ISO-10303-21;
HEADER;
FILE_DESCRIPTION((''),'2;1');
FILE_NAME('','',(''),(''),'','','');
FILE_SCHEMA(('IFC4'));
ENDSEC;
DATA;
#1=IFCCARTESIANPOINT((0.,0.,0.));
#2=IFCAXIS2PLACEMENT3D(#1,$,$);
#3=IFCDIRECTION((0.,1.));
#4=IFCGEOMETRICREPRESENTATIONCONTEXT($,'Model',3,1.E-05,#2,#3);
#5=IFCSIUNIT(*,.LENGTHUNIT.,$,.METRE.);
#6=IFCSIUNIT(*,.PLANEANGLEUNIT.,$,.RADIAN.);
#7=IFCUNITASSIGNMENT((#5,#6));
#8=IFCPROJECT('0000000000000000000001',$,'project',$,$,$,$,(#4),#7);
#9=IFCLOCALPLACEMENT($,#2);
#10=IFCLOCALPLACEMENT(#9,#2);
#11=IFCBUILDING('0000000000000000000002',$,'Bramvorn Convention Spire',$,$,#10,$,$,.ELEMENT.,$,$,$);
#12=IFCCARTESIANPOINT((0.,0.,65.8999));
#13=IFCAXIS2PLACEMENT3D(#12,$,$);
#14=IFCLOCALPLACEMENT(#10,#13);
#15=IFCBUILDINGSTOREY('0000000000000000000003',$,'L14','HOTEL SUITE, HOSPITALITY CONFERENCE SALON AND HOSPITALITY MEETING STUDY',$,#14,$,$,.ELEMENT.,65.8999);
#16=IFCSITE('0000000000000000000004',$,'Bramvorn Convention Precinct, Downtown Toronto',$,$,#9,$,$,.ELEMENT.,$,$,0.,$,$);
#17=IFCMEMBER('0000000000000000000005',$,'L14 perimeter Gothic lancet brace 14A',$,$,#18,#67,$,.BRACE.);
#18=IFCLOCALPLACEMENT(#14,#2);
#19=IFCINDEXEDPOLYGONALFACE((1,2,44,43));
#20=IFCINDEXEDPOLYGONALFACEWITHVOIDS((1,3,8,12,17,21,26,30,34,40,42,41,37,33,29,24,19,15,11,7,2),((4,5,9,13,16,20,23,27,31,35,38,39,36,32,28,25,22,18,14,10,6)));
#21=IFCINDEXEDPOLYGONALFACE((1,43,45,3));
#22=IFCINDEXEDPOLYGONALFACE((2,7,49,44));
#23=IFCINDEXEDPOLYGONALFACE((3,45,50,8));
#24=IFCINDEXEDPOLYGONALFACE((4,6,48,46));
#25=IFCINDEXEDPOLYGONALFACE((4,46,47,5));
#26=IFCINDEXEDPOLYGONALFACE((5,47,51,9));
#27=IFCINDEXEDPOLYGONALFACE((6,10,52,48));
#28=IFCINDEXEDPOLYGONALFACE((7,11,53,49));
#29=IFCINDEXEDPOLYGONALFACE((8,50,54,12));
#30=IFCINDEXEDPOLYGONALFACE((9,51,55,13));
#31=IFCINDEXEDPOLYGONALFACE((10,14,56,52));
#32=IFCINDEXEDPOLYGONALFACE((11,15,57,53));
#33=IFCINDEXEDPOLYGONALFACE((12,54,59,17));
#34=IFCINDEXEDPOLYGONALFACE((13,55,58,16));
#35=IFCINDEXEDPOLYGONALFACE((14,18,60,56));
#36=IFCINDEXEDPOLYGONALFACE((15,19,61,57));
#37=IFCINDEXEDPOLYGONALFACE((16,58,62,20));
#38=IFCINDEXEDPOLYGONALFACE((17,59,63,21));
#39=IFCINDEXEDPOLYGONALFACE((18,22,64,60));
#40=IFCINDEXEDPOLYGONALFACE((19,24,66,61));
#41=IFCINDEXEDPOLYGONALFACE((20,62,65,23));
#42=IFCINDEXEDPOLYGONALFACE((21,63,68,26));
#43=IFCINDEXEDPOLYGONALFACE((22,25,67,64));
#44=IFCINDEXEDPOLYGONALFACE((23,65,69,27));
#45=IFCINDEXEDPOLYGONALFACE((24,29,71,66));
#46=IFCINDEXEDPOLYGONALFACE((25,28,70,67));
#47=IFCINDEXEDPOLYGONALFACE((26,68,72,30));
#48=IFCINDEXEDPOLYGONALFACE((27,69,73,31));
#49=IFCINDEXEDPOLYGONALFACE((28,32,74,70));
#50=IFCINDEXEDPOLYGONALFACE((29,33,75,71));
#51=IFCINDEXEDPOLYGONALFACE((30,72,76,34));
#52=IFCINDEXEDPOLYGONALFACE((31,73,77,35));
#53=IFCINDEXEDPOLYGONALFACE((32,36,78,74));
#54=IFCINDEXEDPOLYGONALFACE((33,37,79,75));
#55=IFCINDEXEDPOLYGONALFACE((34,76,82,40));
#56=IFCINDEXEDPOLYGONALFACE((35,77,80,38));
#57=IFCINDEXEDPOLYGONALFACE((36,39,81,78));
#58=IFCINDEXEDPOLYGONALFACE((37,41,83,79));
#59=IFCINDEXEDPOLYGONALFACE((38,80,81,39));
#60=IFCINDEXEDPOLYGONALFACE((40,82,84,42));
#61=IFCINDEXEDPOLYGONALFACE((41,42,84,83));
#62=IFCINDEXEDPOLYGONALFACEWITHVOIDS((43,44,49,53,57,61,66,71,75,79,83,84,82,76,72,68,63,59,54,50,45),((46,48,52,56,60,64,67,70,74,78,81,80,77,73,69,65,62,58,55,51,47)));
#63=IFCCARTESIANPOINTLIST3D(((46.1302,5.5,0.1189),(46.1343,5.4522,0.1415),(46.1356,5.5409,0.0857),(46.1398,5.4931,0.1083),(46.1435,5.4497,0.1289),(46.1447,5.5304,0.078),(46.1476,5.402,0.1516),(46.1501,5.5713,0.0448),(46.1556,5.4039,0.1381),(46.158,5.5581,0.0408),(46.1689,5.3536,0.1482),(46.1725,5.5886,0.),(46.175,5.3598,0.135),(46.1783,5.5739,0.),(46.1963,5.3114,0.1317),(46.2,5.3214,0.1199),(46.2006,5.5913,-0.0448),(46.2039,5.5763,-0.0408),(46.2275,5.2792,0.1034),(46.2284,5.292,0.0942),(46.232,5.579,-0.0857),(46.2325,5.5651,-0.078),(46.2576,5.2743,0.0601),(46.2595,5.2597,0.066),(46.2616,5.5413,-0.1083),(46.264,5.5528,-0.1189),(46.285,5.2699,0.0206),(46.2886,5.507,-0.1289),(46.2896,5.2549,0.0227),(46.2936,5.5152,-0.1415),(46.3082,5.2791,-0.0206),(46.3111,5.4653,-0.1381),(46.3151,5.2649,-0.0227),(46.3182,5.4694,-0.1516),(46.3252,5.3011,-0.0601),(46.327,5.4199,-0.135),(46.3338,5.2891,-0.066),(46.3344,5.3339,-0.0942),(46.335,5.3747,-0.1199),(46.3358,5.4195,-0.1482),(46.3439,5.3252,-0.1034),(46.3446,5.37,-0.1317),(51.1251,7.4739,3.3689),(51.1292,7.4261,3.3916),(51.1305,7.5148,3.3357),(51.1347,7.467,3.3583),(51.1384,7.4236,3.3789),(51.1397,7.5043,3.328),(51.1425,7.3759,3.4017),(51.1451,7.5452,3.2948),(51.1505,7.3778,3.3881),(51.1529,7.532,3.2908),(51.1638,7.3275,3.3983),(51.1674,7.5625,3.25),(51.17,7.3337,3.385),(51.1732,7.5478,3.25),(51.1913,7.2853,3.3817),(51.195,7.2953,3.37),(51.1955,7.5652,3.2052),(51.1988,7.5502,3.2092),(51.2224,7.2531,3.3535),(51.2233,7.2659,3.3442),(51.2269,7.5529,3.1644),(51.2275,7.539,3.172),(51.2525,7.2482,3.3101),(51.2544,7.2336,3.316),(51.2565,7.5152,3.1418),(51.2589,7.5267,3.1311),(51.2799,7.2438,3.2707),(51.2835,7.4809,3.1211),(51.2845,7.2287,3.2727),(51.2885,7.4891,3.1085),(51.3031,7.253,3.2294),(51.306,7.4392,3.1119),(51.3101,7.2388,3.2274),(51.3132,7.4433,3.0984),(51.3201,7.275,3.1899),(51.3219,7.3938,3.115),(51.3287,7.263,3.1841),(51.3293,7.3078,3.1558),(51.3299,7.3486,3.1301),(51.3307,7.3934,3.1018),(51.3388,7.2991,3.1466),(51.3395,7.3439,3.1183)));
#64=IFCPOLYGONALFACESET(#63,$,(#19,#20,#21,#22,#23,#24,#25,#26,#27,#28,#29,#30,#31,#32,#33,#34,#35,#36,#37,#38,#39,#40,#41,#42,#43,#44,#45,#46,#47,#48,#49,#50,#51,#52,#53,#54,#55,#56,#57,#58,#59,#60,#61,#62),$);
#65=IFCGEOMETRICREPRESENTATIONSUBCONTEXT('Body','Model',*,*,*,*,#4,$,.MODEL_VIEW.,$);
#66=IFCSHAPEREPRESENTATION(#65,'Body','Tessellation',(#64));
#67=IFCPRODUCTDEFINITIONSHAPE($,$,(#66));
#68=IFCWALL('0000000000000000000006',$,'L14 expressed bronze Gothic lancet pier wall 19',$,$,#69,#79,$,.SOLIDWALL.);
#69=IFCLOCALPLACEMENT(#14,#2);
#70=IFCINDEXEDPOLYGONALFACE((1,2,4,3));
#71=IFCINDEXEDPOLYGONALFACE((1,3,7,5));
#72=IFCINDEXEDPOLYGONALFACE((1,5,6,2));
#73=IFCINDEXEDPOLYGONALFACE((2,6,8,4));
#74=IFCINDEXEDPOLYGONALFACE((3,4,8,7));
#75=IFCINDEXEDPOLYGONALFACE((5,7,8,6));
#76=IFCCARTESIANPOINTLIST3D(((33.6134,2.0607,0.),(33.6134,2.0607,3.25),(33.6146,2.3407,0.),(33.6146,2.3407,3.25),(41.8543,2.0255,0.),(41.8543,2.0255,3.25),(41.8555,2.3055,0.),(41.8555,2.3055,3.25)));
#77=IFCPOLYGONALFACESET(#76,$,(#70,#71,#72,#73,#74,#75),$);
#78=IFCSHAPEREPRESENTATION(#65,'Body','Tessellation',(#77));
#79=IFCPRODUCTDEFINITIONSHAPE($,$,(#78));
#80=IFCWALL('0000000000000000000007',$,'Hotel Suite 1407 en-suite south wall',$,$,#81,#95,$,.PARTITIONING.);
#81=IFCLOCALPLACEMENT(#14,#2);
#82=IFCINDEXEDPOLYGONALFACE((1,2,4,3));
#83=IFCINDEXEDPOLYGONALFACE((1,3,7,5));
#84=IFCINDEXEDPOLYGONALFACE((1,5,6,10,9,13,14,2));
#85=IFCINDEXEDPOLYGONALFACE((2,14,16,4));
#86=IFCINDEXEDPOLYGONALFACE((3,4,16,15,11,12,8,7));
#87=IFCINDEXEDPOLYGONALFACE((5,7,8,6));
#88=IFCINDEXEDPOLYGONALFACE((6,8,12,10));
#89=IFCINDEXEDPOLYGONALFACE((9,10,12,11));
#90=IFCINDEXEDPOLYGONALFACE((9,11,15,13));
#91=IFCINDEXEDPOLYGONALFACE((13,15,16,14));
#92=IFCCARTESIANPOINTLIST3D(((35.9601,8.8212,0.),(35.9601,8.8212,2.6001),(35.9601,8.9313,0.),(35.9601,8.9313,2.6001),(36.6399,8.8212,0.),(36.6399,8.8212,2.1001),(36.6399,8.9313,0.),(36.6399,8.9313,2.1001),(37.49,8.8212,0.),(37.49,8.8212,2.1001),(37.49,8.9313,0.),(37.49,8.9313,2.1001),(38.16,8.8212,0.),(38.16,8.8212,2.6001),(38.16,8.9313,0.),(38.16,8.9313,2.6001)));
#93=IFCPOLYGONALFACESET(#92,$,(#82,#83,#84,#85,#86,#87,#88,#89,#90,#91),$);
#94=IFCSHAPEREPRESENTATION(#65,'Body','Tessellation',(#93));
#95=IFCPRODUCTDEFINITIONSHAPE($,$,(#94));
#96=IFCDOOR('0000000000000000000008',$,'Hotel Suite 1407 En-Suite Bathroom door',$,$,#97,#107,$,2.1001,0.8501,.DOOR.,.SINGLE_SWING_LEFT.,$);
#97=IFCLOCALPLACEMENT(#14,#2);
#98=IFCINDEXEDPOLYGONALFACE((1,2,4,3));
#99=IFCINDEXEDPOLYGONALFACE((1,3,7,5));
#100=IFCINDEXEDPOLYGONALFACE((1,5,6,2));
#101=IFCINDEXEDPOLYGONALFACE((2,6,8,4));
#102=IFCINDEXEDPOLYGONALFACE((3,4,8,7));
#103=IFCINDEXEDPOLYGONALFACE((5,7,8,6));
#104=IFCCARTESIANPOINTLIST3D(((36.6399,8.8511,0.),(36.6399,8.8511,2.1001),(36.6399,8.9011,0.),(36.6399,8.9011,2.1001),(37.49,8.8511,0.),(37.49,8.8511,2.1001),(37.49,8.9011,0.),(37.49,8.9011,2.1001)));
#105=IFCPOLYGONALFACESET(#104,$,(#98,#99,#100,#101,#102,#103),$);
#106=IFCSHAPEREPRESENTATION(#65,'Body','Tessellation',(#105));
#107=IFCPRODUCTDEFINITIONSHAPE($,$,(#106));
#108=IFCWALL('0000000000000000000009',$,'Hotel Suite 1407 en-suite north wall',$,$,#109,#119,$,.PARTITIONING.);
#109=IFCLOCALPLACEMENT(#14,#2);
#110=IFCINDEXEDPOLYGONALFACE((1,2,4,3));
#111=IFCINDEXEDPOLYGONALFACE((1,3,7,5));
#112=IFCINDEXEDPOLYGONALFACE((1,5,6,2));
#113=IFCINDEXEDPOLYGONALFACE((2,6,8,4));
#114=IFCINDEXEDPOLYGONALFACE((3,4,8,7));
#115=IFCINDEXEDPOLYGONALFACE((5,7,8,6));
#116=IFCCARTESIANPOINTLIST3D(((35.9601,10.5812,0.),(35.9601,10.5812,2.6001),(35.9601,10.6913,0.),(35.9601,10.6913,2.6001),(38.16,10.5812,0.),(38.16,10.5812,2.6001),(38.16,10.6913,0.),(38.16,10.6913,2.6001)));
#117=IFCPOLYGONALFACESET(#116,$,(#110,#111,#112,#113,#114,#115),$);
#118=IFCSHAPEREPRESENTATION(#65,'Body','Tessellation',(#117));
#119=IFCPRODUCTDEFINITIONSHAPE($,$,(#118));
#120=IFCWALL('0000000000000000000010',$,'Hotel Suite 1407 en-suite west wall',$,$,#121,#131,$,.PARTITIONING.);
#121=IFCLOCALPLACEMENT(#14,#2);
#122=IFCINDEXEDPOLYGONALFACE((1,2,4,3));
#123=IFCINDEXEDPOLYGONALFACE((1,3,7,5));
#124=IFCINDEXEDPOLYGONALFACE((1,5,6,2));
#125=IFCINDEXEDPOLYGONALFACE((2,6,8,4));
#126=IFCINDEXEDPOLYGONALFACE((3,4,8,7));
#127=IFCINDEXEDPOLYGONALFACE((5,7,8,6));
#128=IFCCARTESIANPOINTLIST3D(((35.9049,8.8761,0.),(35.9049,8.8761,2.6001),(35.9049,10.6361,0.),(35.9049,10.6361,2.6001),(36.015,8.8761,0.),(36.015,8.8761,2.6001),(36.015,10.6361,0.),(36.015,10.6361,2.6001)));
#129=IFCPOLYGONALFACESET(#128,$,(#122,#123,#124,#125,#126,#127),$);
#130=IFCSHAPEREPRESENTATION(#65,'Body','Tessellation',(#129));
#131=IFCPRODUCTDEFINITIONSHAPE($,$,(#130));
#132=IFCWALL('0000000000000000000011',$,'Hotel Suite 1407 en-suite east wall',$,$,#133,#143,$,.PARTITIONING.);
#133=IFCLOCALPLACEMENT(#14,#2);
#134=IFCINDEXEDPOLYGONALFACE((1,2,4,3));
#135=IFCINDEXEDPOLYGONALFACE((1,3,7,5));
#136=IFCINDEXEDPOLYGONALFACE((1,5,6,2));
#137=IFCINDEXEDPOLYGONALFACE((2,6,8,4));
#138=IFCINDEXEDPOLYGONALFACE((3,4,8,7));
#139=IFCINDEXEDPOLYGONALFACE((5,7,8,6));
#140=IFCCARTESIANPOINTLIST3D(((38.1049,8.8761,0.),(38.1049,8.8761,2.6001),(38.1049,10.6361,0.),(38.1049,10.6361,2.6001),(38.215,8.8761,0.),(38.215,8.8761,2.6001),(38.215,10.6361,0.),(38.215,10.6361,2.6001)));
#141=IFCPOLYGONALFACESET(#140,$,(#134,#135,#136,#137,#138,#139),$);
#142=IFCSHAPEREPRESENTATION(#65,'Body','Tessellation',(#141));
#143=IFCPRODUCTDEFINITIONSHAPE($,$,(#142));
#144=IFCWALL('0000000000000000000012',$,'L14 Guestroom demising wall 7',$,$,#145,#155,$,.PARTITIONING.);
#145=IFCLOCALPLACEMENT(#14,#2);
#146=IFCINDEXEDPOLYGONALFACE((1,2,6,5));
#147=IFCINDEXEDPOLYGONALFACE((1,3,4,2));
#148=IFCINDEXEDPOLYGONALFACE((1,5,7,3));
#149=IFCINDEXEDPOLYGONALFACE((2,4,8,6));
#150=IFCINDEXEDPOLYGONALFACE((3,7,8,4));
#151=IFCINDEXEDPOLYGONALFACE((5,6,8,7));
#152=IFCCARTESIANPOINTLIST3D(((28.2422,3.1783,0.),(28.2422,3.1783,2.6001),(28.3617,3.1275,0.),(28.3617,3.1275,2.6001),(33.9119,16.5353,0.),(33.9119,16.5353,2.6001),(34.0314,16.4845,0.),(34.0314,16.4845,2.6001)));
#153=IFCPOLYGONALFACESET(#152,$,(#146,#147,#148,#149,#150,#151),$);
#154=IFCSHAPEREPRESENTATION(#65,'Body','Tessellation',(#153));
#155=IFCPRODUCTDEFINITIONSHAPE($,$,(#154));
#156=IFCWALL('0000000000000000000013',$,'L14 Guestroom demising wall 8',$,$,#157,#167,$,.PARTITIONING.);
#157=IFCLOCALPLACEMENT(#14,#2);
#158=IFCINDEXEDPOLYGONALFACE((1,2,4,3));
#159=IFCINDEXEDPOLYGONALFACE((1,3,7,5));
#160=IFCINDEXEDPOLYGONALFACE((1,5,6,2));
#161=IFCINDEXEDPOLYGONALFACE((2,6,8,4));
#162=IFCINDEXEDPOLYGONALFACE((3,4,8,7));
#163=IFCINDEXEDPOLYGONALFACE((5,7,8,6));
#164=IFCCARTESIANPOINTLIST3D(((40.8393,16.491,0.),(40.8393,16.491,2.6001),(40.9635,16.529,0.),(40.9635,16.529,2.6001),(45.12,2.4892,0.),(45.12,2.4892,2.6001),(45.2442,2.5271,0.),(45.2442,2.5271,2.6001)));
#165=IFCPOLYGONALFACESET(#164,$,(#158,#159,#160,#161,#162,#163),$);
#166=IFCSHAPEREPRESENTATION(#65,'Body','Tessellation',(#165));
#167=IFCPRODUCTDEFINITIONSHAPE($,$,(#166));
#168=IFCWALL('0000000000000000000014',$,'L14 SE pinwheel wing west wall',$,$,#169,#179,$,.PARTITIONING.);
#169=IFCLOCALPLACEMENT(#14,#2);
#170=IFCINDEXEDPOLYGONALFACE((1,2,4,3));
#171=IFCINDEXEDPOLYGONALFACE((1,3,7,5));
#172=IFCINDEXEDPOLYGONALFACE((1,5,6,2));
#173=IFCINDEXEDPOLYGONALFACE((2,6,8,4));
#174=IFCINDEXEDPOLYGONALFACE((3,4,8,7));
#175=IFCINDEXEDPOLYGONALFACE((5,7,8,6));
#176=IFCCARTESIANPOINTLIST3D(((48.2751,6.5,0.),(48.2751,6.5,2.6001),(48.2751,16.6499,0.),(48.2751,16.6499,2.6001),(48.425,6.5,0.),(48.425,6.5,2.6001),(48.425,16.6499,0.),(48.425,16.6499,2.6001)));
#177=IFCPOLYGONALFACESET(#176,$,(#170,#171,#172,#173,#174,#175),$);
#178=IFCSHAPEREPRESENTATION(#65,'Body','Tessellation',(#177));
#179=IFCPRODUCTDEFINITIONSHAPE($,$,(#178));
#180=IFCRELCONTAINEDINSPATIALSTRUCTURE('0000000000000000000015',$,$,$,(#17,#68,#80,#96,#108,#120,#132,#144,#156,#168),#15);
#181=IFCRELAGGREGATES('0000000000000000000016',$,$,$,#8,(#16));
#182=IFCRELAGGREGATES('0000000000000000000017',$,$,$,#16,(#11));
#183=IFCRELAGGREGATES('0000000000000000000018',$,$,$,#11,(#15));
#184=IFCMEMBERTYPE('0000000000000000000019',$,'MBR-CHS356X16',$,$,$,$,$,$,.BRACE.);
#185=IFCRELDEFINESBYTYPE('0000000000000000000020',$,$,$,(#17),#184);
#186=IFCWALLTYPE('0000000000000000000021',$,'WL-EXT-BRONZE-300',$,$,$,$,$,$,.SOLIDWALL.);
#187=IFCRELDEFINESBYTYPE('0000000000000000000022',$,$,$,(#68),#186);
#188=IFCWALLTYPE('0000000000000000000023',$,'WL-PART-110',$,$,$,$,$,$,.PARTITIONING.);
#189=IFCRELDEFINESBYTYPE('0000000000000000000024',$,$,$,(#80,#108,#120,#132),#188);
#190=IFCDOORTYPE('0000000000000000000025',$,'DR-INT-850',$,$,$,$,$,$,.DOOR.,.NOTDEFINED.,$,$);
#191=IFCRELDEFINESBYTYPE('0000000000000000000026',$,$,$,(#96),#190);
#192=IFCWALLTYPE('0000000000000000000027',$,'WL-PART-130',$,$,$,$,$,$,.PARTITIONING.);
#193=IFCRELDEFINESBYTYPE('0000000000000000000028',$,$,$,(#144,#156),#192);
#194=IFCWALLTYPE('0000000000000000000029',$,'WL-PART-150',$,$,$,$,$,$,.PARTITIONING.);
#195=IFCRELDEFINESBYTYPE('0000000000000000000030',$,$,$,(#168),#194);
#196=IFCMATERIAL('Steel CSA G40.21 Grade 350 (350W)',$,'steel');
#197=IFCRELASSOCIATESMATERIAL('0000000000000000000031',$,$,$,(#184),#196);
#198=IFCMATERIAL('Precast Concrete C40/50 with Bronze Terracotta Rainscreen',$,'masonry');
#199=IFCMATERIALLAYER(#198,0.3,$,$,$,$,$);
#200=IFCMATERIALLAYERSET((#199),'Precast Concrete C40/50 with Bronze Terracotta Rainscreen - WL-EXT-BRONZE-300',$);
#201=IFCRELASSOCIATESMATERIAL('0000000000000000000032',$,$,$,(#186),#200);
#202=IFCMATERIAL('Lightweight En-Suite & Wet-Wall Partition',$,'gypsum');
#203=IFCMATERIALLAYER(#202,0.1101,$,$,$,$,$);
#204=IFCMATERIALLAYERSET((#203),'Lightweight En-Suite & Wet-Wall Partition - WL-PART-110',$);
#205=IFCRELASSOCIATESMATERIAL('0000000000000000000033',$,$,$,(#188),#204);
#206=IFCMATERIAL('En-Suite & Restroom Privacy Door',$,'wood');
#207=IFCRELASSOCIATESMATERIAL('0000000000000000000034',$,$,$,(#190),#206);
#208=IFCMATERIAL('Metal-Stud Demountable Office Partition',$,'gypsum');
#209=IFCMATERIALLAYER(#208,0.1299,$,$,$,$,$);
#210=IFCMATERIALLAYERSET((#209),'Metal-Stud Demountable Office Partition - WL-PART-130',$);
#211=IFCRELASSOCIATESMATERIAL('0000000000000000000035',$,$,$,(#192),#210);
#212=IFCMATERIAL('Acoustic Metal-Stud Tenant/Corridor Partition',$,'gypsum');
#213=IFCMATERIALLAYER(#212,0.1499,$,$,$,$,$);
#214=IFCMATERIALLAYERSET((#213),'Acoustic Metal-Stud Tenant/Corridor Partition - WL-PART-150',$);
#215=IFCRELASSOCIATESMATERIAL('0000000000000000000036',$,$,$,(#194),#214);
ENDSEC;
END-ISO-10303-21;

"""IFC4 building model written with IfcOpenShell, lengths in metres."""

from ifc_helpers import new_model, si_unit, direction, frame, frame_2d, origin, origin_2d, place, context, subcontext, project, spatial, rectangle, hollow_circle, extrude, material, layer, layer_set, material_profile, profile_set, type_object, element, fill, save


model = new_model("IFC4")

# Units and contexts
model_context = context("Model", 3, precision=1e-05, world=origin(), true_north=direction((0.0, 1.0)))
body_context = subcontext(model_context, "Body", "Model", "MODEL_VIEW")
ifc_project = project(units=[si_unit("LENGTHUNIT", "METRE"), si_unit("PLANEANGLEUNIT", "RADIAN")], contexts=[model_context])

# Site, building, storey
site_placement = place(None, origin())
site = spatial("IfcSite", under=ifc_project, at=site_placement, Name="Bramvorn Convention Precinct, Downtown Toronto", CompositionType="ELEMENT", RefElevation=0.0)
building_placement = place(site_placement, origin())
building = spatial("IfcBuilding", under=site, at=building_placement, Name="Bramvorn Convention Spire", CompositionType="ELEMENT")
storey_placement = place(building_placement, frame((0.0, 0.0, 65.8999)))
storey = spatial("IfcBuildingStorey", under=building, at=storey_placement, Name="L14", Description="HOTEL SUITE, HOSPITALITY CONFERENCE SALON AND HOSPITALITY MEETING STUDY", CompositionType="ELEMENT", Elevation=65.8999)

# Shared definitions
ifc_material_1 = material(Name="Steel CSA G40.21 Grade 350 (350W)", Category="steel")

# Member
ifc_material_profile_1 = material_profile(ifc_material_1, hollow_circle(Radius=0.1777, WallThickness=0.0159, at=origin_2d()))
ifc_profile_set_1 = profile_set([ifc_material_profile_1], Name="Steel CSA G40.21 Grade 350 (350W) - CHS356X16")
member_type = type_object("IfcMemberType", Name="MBR-CHS356X16", PredefinedType="BRACE", material=ifc_profile_set_1)
member_placement = place(storey_placement, frame((46.2378, 5.4233, 0.0), z_axis=(0.795674, 0.314435, 0.517719), x_axis=(-0.367524, 0.930014, 0.0)))
element("IfcMember", 1, at=member_placement, inside=storey, type_object=member_type, Name="L14 perimeter Gothic lancet brace 14A", PredefinedType="BRACE", context=body_context, shape_type="SweptSolid", body=[
    extrude(hollow_circle(Radius=0.1777, WallThickness=0.0159, at=origin_2d()), origin(), (0.0, 0.0, 1.0), 6.2776),
])

# Wall
ifc_material_2 = material(Name="Precast Concrete C40/50 with Bronze Terracotta Rainscreen", Category="masonry")
ifc_layer_1 = layer(ifc_material_2, 0.3)
ifc_layer_set_1 = layer_set([ifc_layer_1], Name="Precast Concrete C40/50 with Bronze Terracotta Rainscreen - WL-EXT-BRONZE-300")
wall_type_1 = type_object("IfcWallType", Name="WL-EXT-BRONZE-300", PredefinedType="SOLIDWALL", material=ifc_layer_set_1)
wall_1_placement = place(storey_placement, frame((41.855, 2.1655, 0.0), z_axis=(0.0, 0.0, 1.0), x_axis=(-0.999991, 0.004266, 0.0)))
element("IfcWall", 2, at=wall_1_placement, inside=storey, type_object=wall_type_1, Name="L14 expressed bronze Gothic lancet pier wall 19", PredefinedType="SOLIDWALL", context=body_context, shape_type="SweptSolid", body=[
    extrude(rectangle(XDim=8.241, YDim=0.28, at=frame_2d((4.1206, 0.0))), origin(), (0.0, 0.0, 1.0), 3.25),
])

# Wall, opening, door
ifc_material_3 = material(Name="Lightweight En-Suite & Wet-Wall Partition", Category="gypsum")
ifc_layer_2 = layer(ifc_material_3, 0.1101)
ifc_layer_set_2 = layer_set([ifc_layer_2], Name="Lightweight En-Suite & Wet-Wall Partition - WL-PART-110")
wall_type_2 = type_object("IfcWallType", Name="WL-PART-110", PredefinedType="PARTITIONING", material=ifc_layer_set_2)
wall_2_placement = place(storey_placement, frame((35.96, 8.8762, 0.0), z_axis=(0.0, 0.0, 1.0), x_axis=(1.0, 0.0, 0.0)))
wall_2 = element("IfcWall", 3, at=wall_2_placement, inside=storey, type_object=wall_type_2, Name="Hotel Suite 1407 en-suite south wall", PredefinedType="PARTITIONING", context=body_context, shape_type="SweptSolid", body=[
    extrude(rectangle(XDim=2.2, YDim=0.1101, at=frame_2d((1.1001, 0.0))), origin(), (0.0, 0.0, 1.0), 2.6001),
])
opening_placement = place(wall_2_placement, frame((0.6799, 0.0, 0.0)))
opening = element("IfcOpeningElement", 4, at=opening_placement, cuts=wall_2, PredefinedType="OPENING", context=body_context, shape_type="SweptSolid", body=[
    extrude(rectangle(XDim=0.8501, YDim=2.1001, at=frame_2d((0.425, 1.05))), frame((0.0, 0.0649, 0.0), z_axis=(0.0, -1.0, 0.0), x_axis=(1.0, 0.0, 0.0)), (0.0, 0.0, 1.0), 0.1301),
])
ifc_material_4 = material(Name="En-Suite & Restroom Privacy Door", Category="wood")
door_type = type_object("IfcDoorType", Name="DR-INT-850", OperationType="NOTDEFINED", PredefinedType="DOOR", material=ifc_material_4)
door_placement = place(opening_placement, origin())
door = element("IfcDoor", 5, at=door_placement, inside=storey, type_object=door_type, Name="Hotel Suite 1407 En-Suite Bathroom door", OperationType="SINGLE_SWING_LEFT", OverallHeight=2.1001, OverallWidth=0.8501, PredefinedType="DOOR", context=body_context, shape_type="SweptSolid", body=[
    extrude(rectangle(XDim=0.8501, YDim=2.1001, at=frame_2d((0.425, 1.05))), frame((0.0, 0.0249, 0.0), z_axis=(0.0, -1.0, 0.0), x_axis=(1.0, 0.0, 0.0)), (0.0, 0.0, 1.0), 0.05),
])
fill(opening, door)

# Walls
wall_3_placement = place(storey_placement, frame((35.96, 10.6362, 0.0), z_axis=(0.0, 0.0, 1.0), x_axis=(1.0, 0.0, 0.0)))
element("IfcWall", 6, at=wall_3_placement, inside=storey, type_object=wall_type_2, Name="Hotel Suite 1407 en-suite north wall", PredefinedType="PARTITIONING", context=body_context, shape_type="SweptSolid", body=[
    extrude(rectangle(XDim=2.2, YDim=0.1101, at=frame_2d((1.1001, 0.0))), origin(), (0.0, 0.0, 1.0), 2.6001),
])
for number, where, z_axis, x_axis, name in (
    (7, (35.96, 8.8762, 0.0), (0.0, 0.0, 1.0), (0.0, 1.0, 0.0), "Hotel Suite 1407 en-suite west wall"),
    (8, (38.1599, 8.8762, 0.0), (0.0, 0.0, 1.0), (0.0, 1.0, 0.0), "Hotel Suite 1407 en-suite east wall"),
):
    element("IfcWall", number, at=place(storey_placement, frame(where, z_axis=z_axis, x_axis=x_axis)), inside=storey, type_object=wall_type_2, Name=name, PredefinedType="PARTITIONING", context=body_context, shape_type="SweptSolid", body=[
        extrude(rectangle(XDim=1.76, YDim=0.1101, at=frame_2d((0.8799, 0.0))), origin(), (0.0, 0.0, 1.0), 2.6001),
    ])
ifc_material_5 = material(Name="Metal-Stud Demountable Office Partition", Category="gypsum")
ifc_layer_3 = layer(ifc_material_5, 0.1299)
ifc_layer_set_3 = layer_set([ifc_layer_3], Name="Metal-Stud Demountable Office Partition - WL-PART-130")
wall_type_3 = type_object("IfcWallType", Name="WL-PART-130", PredefinedType="PARTITIONING", material=ifc_layer_set_3)
wall_4_placement = place(storey_placement, frame((33.9717, 16.51, 0.0), z_axis=(0.0, 0.0, 1.0), x_axis=(-0.390731, -0.920505, 0.0)))
element("IfcWall", 9, at=wall_4_placement, inside=storey, type_object=wall_type_3, Name="L14 Guestroom demising wall 7", PredefinedType="PARTITIONING", context=body_context, shape_type="SweptSolid", body=[
    extrude(rectangle(XDim=14.5105, YDim=0.1299, at=frame_2d((7.2554, 0.0))), origin(), (0.0, 0.0, 1.0), 2.6001),
])
wall_5_placement = place(storey_placement, frame((40.9014, 16.51, 0.0), z_axis=(0.0, 0.0, 1.0), x_axis=(0.292368, -0.956306, 0.0)))
element("IfcWall", 10, at=wall_5_placement, inside=storey, type_object=wall_type_3, Name="L14 Guestroom demising wall 8", PredefinedType="PARTITIONING", context=body_context, shape_type="SweptSolid", body=[
    extrude(rectangle(XDim=14.6416, YDim=0.1299, at=frame_2d((7.3208, 0.0))), origin(), (0.0, 0.0, 1.0), 2.6001),
])
ifc_material_6 = material(Name="Acoustic Metal-Stud Tenant/Corridor Partition", Category="gypsum")
ifc_layer_4 = layer(ifc_material_6, 0.1499)
ifc_layer_set_4 = layer_set([ifc_layer_4], Name="Acoustic Metal-Stud Tenant/Corridor Partition - WL-PART-150")
wall_type_4 = type_object("IfcWallType", Name="WL-PART-150", PredefinedType="PARTITIONING", material=ifc_layer_set_4)
wall_6_placement = place(storey_placement, frame((48.3501, 6.5, 0.0), z_axis=(0.0, 0.0, 1.0), x_axis=(0.0, 1.0, 0.0)))
element("IfcWall", 11, at=wall_6_placement, inside=storey, type_object=wall_type_4, Name="L14 SE pinwheel wing west wall", PredefinedType="PARTITIONING", context=body_context, shape_type="SweptSolid", body=[
    extrude(rectangle(XDim=10.1499, YDim=0.1499, at=frame_2d((5.075, 0.0))), origin(), (0.0, 0.0, 1.0), 2.6001),
])

save(model, "model.ifc")
